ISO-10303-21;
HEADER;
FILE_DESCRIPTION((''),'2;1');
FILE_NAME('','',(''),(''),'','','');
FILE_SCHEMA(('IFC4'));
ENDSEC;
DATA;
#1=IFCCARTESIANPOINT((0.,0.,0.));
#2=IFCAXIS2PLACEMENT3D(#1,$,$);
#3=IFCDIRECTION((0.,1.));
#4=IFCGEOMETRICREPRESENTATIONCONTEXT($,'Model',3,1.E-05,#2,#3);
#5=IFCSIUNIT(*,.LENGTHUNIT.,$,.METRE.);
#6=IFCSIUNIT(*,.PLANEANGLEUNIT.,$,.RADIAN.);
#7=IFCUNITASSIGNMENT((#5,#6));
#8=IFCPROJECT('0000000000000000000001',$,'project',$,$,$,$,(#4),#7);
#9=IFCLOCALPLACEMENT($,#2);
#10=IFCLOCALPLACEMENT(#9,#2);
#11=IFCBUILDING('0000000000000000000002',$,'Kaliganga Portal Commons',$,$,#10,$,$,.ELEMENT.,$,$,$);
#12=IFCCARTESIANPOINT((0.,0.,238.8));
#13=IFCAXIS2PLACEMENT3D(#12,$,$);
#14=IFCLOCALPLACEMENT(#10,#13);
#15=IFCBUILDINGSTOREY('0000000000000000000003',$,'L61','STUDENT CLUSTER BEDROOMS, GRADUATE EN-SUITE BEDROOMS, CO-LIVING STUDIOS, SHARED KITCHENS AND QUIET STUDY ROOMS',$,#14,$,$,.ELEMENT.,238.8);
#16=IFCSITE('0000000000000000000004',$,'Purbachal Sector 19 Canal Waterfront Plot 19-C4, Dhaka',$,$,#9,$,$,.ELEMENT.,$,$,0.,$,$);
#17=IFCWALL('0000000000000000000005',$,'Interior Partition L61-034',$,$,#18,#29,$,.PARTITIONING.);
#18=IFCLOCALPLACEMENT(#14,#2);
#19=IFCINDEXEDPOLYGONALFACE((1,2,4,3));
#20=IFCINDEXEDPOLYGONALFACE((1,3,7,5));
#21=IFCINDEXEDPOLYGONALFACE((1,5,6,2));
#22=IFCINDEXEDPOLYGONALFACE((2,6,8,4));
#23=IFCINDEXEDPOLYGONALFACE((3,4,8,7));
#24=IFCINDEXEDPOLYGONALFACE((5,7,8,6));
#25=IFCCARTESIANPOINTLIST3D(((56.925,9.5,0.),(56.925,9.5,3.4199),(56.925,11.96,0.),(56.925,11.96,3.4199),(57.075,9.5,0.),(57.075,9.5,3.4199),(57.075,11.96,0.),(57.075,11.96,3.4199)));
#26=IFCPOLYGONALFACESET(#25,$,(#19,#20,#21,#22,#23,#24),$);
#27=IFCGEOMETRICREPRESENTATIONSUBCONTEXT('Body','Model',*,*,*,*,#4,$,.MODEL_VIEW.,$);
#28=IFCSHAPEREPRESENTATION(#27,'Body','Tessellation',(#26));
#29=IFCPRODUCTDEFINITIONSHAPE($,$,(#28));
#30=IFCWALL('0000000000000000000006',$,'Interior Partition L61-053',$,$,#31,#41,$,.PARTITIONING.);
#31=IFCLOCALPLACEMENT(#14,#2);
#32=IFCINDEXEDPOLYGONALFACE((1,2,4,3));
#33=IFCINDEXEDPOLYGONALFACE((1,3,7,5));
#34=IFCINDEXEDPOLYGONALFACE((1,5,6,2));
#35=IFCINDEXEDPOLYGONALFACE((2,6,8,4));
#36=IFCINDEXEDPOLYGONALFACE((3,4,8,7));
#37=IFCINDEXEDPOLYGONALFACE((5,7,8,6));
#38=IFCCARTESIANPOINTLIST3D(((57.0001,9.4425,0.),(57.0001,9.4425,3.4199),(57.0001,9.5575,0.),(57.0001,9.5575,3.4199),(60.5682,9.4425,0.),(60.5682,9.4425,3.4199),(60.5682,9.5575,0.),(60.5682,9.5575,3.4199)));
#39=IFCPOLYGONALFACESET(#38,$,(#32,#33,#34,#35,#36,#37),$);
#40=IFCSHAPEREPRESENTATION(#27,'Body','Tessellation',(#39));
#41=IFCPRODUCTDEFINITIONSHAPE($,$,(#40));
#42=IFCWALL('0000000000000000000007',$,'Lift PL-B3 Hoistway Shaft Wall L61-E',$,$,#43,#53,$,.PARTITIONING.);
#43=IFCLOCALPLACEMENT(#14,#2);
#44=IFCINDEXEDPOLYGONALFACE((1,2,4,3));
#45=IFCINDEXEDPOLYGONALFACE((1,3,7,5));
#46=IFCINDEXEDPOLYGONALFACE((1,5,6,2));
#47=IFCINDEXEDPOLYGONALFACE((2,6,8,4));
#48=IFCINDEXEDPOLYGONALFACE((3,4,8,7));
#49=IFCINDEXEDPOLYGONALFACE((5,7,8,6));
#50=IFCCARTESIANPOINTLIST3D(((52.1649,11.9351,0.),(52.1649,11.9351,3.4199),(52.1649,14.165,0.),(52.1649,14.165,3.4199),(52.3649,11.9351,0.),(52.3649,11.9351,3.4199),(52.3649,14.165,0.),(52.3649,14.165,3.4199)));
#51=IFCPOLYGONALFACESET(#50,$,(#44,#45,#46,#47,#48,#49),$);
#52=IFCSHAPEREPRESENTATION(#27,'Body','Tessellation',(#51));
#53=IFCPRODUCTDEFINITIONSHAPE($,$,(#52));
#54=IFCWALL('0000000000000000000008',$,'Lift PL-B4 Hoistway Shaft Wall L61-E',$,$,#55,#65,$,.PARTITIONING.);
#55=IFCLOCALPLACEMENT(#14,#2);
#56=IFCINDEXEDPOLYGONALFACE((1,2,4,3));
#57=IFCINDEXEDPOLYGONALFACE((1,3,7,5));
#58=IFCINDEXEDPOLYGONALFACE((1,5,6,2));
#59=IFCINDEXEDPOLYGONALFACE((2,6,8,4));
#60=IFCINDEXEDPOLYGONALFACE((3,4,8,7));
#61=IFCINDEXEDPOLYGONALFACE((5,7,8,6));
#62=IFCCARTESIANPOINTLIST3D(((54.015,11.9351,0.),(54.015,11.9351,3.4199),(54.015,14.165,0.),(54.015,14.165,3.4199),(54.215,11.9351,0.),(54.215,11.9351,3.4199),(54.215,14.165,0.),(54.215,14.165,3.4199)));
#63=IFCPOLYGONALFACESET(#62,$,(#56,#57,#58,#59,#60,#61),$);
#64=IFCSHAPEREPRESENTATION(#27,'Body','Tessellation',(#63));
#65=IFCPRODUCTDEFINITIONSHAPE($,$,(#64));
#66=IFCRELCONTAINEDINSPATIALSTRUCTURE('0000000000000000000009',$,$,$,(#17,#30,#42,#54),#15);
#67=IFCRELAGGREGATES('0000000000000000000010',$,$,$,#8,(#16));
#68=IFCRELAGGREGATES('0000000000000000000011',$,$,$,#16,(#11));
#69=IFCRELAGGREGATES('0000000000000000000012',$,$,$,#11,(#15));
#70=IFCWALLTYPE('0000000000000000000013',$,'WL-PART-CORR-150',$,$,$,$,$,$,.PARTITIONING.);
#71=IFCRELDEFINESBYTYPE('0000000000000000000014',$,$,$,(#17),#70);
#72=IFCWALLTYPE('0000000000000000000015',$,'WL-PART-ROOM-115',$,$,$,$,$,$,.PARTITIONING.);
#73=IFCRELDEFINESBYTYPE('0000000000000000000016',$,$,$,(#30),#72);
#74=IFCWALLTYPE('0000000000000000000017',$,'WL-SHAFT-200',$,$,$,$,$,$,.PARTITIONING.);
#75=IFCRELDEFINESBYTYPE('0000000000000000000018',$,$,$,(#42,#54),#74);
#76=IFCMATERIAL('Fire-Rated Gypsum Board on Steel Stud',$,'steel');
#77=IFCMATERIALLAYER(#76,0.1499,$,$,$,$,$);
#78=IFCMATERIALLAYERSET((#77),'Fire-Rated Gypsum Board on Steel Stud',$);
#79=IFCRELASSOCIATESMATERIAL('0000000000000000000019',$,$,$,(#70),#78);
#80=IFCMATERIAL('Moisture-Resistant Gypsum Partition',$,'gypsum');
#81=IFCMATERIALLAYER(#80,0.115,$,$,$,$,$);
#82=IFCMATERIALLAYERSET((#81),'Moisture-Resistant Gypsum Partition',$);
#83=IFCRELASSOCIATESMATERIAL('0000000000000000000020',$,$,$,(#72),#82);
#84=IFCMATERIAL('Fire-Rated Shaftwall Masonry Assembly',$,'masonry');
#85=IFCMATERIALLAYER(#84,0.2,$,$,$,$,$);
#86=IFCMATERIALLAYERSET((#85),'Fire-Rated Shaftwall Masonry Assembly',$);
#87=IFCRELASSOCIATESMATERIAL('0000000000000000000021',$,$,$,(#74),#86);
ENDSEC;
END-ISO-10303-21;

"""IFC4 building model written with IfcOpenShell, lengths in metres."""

from ifc_helpers import new_model, si_unit, direction, frame, frame_2d, origin, place, context, subcontext, project, spatial, rectangle, extrude, material, layer, layer_set, type_object, element, save


model = new_model("IFC4")

# Units and contexts
model_context = context("Model", 3, precision=1e-05, world=origin(), true_north=direction((0.0, 1.0)))
body_context = subcontext(model_context, "Body", "Model", "MODEL_VIEW")
ifc_project = project(units=[si_unit("LENGTHUNIT", "METRE"), si_unit("PLANEANGLEUNIT", "RADIAN")], contexts=[model_context])

# Site, building, storey
site_placement = place(None, origin())
site = spatial("IfcSite", under=ifc_project, at=site_placement, Name="Purbachal Sector 19 Canal Waterfront Plot 19-C4, Dhaka", CompositionType="ELEMENT", RefElevation=0.0)
building_placement = place(site_placement, origin())
building = spatial("IfcBuilding", under=site, at=building_placement, Name="Kaliganga Portal Commons", CompositionType="ELEMENT")
storey_placement = place(building_placement, frame((0.0, 0.0, 238.8)))
storey = spatial("IfcBuildingStorey", under=building, at=storey_placement, Name="L61", Description="STUDENT CLUSTER BEDROOMS, GRADUATE EN-SUITE BEDROOMS, CO-LIVING STUDIOS, SHARED KITCHENS AND QUIET STUDY ROOMS", CompositionType="ELEMENT", Elevation=238.8)

# Walls
ifc_material_1 = material(Name="Fire-Rated Gypsum Board on Steel Stud", Category="steel")
ifc_layer_1 = layer(ifc_material_1, 0.1499)
ifc_layer_set_1 = layer_set([ifc_layer_1], Name="Fire-Rated Gypsum Board on Steel Stud")
wall_type_1 = type_object("IfcWallType", Name="WL-PART-CORR-150", PredefinedType="PARTITIONING", material=ifc_layer_set_1)
wall_1_placement = place(storey_placement, frame((57.0, 9.5, 0.0), z_axis=(0.0, 0.0, 1.0), x_axis=(0.0, 1.0, 0.0)))
element("IfcWall", 1, at=wall_1_placement, inside=storey, type_object=wall_type_1, Name="Interior Partition L61-034", PredefinedType="PARTITIONING", context=body_context, shape_type="SweptSolid", body=[
    extrude(rectangle(XDim=2.46, YDim=0.1499, at=frame_2d((1.23, 0.0))), origin(), (0.0, 0.0, 1.0), 3.4199),
])
ifc_material_2 = material(Name="Moisture-Resistant Gypsum Partition", Category="gypsum")
ifc_layer_2 = layer(ifc_material_2, 0.115)
ifc_layer_set_2 = layer_set([ifc_layer_2], Name="Moisture-Resistant Gypsum Partition")
wall_type_2 = type_object("IfcWallType", Name="WL-PART-ROOM-115", PredefinedType="PARTITIONING", material=ifc_layer_set_2)
wall_2_placement = place(storey_placement, frame((57.0, 9.5, 0.0), z_axis=(0.0, 0.0, 1.0), x_axis=(1.0, 0.0, 0.0)))
element("IfcWall", 2, at=wall_2_placement, inside=storey, type_object=wall_type_2, Name="Interior Partition L61-053", PredefinedType="PARTITIONING", context=body_context, shape_type="SweptSolid", body=[
    extrude(rectangle(XDim=3.5681, YDim=0.115, at=frame_2d((1.7842, 0.0))), origin(), (0.0, 0.0, 1.0), 3.4199),
])
ifc_material_3 = material(Name="Fire-Rated Shaftwall Masonry Assembly", Category="masonry")
ifc_layer_3 = layer(ifc_material_3, 0.2)
ifc_layer_set_3 = layer_set([ifc_layer_3], Name="Fire-Rated Shaftwall Masonry Assembly")
wall_type_3 = type_object("IfcWallType", Name="WL-SHAFT-200", PredefinedType="PARTITIONING", material=ifc_layer_set_3)
wall_3_placement = place(storey_placement, frame((52.2649, 11.9351, 0.0), z_axis=(0.0, 0.0, 1.0), x_axis=(0.0, 1.0, 0.0)))
element("IfcWall", 3, at=wall_3_placement, inside=storey, type_object=wall_type_3, Name="Lift PL-B3 Hoistway Shaft Wall L61-E", PredefinedType="PARTITIONING", context=body_context, shape_type="SweptSolid", body=[
    extrude(rectangle(XDim=2.23, YDim=0.2, at=frame_2d((1.115, 0.0))), origin(), (0.0, 0.0, 1.0), 3.4199),
])

# Wall
wall_4_placement = place(storey_placement, frame((54.115, 11.9351, 0.0), z_axis=(0.0, 0.0, 1.0), x_axis=(0.0, 1.0, 0.0)))
element("IfcWall", 4, at=wall_4_placement, inside=storey, type_object=wall_type_3, Name="Lift PL-B4 Hoistway Shaft Wall L61-E", PredefinedType="PARTITIONING", context=body_context, shape_type="SweptSolid", body=[
    extrude(rectangle(XDim=2.23, YDim=0.2, at=frame_2d((1.115, 0.0))), origin(), (0.0, 0.0, 1.0), 3.4199),
])

save(model, "model.ifc")
